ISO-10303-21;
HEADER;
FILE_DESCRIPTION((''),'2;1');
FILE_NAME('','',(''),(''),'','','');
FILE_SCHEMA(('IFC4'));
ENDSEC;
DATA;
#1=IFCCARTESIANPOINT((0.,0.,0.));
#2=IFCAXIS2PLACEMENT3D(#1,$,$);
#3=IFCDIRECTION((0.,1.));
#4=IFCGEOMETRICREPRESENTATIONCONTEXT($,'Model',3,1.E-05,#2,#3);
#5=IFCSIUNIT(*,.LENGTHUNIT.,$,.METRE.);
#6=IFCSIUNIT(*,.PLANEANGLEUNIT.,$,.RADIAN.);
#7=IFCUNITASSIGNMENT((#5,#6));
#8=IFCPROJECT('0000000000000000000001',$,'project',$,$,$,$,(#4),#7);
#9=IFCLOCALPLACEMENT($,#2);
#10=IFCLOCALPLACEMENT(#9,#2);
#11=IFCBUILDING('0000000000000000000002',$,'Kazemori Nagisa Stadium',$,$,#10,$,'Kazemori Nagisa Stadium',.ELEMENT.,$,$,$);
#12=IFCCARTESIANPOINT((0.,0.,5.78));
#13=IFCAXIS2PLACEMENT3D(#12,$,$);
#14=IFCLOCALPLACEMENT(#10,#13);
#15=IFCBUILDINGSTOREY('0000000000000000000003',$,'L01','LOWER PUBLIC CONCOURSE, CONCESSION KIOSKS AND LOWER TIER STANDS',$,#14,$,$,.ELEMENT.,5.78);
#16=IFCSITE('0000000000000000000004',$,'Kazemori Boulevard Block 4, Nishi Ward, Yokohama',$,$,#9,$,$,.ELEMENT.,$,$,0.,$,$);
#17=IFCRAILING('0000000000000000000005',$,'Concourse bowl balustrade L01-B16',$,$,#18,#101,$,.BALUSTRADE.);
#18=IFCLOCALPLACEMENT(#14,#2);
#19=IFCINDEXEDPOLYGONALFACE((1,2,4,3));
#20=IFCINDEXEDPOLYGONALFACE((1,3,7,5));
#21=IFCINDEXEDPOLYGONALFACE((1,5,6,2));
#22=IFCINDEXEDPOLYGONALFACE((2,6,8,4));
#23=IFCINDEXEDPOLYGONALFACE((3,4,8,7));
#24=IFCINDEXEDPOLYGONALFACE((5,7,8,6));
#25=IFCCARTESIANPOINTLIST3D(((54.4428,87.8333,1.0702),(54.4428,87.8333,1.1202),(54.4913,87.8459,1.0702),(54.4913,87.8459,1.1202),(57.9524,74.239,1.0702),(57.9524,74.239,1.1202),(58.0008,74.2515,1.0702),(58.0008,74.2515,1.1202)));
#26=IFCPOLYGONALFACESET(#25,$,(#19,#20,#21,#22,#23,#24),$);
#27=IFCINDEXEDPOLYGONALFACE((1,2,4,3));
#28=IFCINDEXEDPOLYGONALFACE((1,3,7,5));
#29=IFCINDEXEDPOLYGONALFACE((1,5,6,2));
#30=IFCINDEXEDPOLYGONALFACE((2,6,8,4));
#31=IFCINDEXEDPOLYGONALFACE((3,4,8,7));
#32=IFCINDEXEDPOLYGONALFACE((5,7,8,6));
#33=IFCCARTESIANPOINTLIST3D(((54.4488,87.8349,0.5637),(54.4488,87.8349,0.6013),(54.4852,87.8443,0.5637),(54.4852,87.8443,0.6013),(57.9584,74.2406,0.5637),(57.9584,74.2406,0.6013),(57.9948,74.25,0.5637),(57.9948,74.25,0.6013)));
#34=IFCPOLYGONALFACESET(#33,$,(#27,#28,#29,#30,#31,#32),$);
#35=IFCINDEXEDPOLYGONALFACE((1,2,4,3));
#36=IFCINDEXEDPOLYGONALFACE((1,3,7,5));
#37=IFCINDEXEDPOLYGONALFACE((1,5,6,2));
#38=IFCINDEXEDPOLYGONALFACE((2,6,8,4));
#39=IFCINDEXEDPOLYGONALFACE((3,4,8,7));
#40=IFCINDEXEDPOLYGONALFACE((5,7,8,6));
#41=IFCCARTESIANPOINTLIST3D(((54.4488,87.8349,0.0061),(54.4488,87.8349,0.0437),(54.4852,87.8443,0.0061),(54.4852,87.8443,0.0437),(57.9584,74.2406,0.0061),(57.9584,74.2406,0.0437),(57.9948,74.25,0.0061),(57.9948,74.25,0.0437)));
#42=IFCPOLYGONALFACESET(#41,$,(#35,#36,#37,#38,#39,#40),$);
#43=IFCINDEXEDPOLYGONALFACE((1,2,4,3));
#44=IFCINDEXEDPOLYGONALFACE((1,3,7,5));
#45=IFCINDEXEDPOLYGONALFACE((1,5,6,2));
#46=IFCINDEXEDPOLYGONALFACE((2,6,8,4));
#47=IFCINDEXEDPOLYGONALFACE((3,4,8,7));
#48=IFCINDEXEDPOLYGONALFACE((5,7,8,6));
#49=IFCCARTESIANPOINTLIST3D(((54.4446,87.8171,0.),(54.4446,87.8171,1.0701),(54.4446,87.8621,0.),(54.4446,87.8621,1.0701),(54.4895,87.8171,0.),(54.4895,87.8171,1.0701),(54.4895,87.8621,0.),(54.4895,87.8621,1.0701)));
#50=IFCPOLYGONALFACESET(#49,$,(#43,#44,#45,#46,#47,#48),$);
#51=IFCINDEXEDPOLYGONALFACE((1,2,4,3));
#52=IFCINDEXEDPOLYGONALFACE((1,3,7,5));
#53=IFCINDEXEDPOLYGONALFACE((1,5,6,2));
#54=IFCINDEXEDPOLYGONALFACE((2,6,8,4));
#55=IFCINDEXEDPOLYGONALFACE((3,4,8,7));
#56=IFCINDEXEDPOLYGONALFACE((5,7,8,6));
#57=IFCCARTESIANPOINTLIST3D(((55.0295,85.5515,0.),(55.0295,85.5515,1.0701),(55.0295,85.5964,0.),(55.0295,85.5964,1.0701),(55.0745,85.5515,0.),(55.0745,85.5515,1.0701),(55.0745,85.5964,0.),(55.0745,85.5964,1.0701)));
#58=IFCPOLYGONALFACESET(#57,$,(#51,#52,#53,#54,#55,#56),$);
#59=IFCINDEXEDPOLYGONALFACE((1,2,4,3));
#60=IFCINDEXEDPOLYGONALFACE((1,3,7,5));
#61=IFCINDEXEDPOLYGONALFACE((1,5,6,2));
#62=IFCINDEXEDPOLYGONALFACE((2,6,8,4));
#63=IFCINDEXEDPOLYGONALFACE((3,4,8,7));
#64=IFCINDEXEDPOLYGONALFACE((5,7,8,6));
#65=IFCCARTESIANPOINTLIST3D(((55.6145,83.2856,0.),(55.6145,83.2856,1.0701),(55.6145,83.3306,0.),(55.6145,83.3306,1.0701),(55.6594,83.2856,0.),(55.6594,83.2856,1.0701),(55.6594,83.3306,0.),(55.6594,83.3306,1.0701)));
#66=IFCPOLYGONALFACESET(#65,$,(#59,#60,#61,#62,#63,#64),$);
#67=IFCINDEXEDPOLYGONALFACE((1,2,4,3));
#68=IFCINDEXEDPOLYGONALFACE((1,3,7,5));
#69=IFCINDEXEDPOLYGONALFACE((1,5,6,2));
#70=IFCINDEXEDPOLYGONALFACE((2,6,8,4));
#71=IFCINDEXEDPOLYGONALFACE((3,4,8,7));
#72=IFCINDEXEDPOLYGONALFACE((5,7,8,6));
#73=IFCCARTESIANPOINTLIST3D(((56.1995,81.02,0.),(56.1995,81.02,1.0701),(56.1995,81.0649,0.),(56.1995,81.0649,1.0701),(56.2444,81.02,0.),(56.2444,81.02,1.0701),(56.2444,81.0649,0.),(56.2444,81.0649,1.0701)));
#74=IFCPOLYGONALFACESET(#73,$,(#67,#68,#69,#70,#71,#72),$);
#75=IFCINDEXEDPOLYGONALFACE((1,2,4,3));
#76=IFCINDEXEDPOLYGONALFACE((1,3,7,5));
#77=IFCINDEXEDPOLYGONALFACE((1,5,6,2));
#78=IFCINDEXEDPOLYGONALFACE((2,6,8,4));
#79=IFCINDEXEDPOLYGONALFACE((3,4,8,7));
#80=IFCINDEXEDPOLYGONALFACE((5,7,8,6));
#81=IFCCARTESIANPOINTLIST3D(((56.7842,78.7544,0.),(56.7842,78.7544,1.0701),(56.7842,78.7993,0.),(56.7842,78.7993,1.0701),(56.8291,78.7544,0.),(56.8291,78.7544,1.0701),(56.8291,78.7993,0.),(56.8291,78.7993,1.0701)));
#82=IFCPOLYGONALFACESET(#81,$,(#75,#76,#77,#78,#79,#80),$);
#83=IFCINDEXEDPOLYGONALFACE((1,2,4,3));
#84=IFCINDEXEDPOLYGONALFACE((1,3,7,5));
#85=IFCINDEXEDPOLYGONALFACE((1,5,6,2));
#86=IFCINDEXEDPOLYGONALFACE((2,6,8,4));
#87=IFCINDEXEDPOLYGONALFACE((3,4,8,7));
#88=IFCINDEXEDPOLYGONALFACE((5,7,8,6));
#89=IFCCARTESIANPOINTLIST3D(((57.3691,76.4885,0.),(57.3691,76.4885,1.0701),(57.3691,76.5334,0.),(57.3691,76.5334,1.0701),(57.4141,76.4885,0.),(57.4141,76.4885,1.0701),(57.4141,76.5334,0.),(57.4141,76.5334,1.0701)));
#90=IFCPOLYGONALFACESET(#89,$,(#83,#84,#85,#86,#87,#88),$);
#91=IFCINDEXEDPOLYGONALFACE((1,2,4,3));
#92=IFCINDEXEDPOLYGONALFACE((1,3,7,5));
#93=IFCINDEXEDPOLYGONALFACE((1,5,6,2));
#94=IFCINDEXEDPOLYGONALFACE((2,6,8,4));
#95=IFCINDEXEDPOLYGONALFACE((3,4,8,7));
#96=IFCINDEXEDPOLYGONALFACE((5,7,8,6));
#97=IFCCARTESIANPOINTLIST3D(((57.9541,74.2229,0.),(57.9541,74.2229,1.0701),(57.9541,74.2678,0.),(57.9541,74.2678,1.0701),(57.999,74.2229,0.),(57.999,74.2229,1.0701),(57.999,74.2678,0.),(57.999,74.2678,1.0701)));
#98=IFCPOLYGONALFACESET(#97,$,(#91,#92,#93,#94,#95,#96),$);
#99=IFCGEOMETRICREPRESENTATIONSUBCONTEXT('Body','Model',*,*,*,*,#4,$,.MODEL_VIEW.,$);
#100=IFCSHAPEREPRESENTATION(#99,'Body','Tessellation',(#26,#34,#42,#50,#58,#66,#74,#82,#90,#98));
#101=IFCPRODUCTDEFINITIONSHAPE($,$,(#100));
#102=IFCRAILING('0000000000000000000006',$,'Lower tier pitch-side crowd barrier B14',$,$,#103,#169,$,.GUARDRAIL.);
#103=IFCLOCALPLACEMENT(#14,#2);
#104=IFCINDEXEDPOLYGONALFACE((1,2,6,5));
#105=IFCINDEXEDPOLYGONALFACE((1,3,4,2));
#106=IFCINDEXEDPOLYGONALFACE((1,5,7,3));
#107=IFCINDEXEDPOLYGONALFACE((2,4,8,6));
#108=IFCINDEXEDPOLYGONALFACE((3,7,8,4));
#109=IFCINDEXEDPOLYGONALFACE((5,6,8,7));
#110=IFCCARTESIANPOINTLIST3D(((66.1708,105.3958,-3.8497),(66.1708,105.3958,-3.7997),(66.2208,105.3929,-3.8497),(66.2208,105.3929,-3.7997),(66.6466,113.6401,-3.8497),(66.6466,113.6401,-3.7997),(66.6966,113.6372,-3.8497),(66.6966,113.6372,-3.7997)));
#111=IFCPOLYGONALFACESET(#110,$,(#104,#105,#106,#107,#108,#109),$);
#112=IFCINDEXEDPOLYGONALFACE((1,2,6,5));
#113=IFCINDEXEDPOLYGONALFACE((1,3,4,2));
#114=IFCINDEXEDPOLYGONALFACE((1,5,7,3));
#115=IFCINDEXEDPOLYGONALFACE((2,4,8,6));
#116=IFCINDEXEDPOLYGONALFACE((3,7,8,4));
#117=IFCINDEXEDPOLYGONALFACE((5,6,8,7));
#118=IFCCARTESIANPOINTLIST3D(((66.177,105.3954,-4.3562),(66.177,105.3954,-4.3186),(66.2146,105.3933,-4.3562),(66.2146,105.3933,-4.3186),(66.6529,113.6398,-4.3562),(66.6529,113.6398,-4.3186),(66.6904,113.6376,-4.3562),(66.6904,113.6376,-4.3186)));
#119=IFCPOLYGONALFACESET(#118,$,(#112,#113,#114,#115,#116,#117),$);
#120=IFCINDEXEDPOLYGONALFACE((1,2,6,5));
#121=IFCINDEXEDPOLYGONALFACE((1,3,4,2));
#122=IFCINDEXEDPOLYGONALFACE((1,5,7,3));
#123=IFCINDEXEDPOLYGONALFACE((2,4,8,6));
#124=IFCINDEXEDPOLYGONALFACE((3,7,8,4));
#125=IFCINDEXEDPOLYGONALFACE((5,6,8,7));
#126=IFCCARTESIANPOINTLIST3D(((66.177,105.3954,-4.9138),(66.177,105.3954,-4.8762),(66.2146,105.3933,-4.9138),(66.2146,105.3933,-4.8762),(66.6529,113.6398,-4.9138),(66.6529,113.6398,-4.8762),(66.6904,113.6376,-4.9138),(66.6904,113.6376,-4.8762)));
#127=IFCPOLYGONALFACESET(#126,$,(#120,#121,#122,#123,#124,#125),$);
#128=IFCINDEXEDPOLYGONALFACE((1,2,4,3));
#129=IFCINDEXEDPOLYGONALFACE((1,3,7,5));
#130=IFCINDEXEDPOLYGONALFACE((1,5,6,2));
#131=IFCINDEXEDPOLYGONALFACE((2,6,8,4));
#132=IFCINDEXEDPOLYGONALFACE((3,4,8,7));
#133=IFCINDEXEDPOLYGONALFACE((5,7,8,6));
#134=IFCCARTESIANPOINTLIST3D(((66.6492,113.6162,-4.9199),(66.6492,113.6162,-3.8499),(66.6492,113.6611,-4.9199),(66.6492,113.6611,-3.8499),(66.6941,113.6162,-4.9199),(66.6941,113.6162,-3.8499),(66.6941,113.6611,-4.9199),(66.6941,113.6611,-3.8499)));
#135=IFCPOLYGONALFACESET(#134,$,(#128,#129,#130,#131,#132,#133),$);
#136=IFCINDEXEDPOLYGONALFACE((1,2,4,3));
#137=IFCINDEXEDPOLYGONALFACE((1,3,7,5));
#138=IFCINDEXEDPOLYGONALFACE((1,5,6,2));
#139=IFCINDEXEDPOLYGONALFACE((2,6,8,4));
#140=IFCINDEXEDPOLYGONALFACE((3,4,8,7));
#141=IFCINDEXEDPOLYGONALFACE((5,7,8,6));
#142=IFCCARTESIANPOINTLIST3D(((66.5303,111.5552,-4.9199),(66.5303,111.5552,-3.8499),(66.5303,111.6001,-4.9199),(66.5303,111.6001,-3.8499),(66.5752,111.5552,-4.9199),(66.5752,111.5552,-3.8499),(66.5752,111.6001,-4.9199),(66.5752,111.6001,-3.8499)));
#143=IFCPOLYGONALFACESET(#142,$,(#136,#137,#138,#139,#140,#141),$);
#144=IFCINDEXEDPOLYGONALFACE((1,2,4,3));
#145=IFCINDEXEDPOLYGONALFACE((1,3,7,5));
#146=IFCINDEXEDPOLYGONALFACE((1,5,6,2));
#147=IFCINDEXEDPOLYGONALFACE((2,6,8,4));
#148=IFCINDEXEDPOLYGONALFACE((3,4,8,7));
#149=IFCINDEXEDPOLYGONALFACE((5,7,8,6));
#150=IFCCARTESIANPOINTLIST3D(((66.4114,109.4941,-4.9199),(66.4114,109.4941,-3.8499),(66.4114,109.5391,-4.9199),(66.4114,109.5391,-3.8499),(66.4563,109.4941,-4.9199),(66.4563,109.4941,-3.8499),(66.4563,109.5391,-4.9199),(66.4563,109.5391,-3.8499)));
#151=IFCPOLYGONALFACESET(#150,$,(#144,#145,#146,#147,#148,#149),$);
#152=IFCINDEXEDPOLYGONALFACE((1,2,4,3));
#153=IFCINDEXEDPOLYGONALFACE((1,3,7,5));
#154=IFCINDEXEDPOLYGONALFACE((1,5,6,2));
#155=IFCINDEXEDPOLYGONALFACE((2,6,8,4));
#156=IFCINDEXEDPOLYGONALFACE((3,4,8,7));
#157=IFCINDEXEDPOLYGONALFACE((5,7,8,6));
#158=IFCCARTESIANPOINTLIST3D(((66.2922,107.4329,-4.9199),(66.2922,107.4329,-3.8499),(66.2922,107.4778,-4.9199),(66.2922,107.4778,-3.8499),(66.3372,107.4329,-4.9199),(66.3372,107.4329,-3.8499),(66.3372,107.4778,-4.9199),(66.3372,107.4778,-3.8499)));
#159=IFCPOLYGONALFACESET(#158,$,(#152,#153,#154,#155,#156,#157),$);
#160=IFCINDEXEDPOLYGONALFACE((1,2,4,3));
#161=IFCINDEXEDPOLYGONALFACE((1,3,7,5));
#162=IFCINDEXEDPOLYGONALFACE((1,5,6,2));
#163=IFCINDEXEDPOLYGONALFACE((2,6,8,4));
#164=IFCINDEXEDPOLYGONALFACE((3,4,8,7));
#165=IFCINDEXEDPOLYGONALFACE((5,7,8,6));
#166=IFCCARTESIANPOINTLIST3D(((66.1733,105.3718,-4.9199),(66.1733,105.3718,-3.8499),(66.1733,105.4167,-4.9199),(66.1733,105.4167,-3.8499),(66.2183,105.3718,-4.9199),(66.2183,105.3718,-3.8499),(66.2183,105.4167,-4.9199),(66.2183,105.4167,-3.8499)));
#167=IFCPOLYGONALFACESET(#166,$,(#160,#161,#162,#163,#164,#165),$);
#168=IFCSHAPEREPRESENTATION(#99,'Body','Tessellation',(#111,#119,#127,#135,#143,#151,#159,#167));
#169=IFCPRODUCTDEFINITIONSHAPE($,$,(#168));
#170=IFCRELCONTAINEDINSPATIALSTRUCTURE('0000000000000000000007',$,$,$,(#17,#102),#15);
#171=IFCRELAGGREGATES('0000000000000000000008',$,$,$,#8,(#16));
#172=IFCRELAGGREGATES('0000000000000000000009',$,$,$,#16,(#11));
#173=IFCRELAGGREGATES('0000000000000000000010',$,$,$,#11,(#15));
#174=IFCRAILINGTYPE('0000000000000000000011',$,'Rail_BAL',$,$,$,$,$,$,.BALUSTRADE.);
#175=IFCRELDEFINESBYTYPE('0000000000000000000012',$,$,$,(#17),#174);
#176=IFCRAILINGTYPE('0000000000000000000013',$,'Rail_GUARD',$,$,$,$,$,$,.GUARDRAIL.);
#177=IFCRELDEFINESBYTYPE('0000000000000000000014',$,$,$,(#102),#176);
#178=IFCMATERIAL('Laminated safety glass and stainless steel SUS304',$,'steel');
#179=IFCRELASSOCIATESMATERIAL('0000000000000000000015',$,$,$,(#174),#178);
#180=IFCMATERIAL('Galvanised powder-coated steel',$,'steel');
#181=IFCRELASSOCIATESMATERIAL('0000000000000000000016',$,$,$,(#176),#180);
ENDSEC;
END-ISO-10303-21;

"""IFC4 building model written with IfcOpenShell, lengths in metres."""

from ifc_helpers import new_model, si_unit, direction, frame, origin, origin_2d, place, context, subcontext, project, spatial, rectangle, extrude, material, type_object, element, save


model = new_model("IFC4")

# Units and contexts
model_context = context("Model", 3, precision=1e-05, world=origin(), true_north=direction((0.0, 1.0)))
body_context = subcontext(model_context, "Body", "Model", "MODEL_VIEW")
ifc_project = project(units=[si_unit("LENGTHUNIT", "METRE"), si_unit("PLANEANGLEUNIT", "RADIAN")], contexts=[model_context])

# Site, building, storey
site_placement = place(None, origin())
site = spatial("IfcSite", under=ifc_project, at=site_placement, Name="Kazemori Boulevard Block 4, Nishi Ward, Yokohama", CompositionType="ELEMENT", RefElevation=0.0)
building_placement = place(site_placement, origin())
building = spatial("IfcBuilding", under=site, at=building_placement, Name="Kazemori Nagisa Stadium", LongName="Kazemori Nagisa Stadium", CompositionType="ELEMENT")
storey_placement = place(building_placement, frame((0.0, 0.0, 5.78)))
storey = spatial("IfcBuildingStorey", under=building, at=storey_placement, Name="L01", Description="LOWER PUBLIC CONCOURSE, CONCESSION KIOSKS AND LOWER TIER STANDS", CompositionType="ELEMENT", Elevation=5.78)

# Railings
ifc_material_1 = material(Name="Laminated safety glass and stainless steel SUS304", Category="steel")
railing_type_1 = type_object("IfcRailingType", Name="Rail_BAL", PredefinedType="BALUSTRADE", material=ifc_material_1)
railing_1_placement = place(storey_placement, frame((54.467, 87.8396, 0.0)))
element("IfcRailing", 1, at=railing_1_placement, inside=storey, type_object=railing_type_1, Name="Concourse bowl balustrade L01-B16", PredefinedType="BALUSTRADE", context=body_context, shape_type="SweptSolid", body=[
    extrude(rectangle(XDim=0.05, YDim=0.05, at=origin_2d()), frame((0.0, 0.0, 1.0952), z_axis=(0.249967, -0.968254, 0.0), x_axis=(0.968254, 0.249967, 0.0)), (0.0, 0.0, 1.0), 14.04),
    extrude(rectangle(XDim=0.0376, YDim=0.0376, at=origin_2d()), frame((0.0, 0.0, 0.5825), z_axis=(0.249967, -0.968254, 0.0), x_axis=(0.968254, 0.249967, 0.0)), (0.0, 0.0, 1.0), 14.04),
    extrude(rectangle(XDim=0.0376, YDim=0.0376, at=origin_2d()), frame((0.0, 0.0, 0.0249), z_axis=(0.249967, -0.968254, 0.0), x_axis=(0.968254, 0.249967, 0.0)), (0.0, 0.0, 1.0), 14.04),
    extrude(rectangle(XDim=0.0449, YDim=0.0449, at=origin_2d()), origin(), (0.0, 0.0, 1.0), 1.0701),
    extrude(rectangle(XDim=0.0449, YDim=0.0449, at=origin_2d()), frame((0.585, -2.2656, 0.0)), (0.0, 0.0, 1.0), 1.0701),
    extrude(rectangle(XDim=0.0449, YDim=0.0449, at=origin_2d()), frame((1.1699, -4.5315, 0.0)), (0.0, 0.0, 1.0), 1.0701),
    extrude(rectangle(XDim=0.0449, YDim=0.0449, at=origin_2d()), frame((1.7549, -6.7971, 0.0)), (0.0, 0.0, 1.0), 1.0701),
    extrude(rectangle(XDim=0.0449, YDim=0.0449, at=origin_2d()), frame((2.3396, -9.0627, 0.0)), (0.0, 0.0, 1.0), 1.0701),
    extrude(rectangle(XDim=0.0449, YDim=0.0449, at=origin_2d()), frame((2.9246, -11.3286, 0.0)), (0.0, 0.0, 1.0), 1.0701),
    extrude(rectangle(XDim=0.0449, YDim=0.0449, at=origin_2d()), frame((3.5095, -13.5942, 0.0)), (0.0, 0.0, 1.0), 1.0701),
])
ifc_material_2 = material(Name="Galvanised powder-coated steel", Category="steel")
railing_type_2 = type_object("IfcRailingType", Name="Rail_GUARD", PredefinedType="GUARDRAIL", material=ifc_material_2)
railing_2_placement = place(storey_placement, frame((66.6716, 113.6387, -4.9199)))
element("IfcRailing", 2, at=railing_2_placement, inside=storey, type_object=railing_type_2, Name="Lower tier pitch-side crowd barrier B14", PredefinedType="GUARDRAIL", context=body_context, shape_type="SweptSolid", body=[
    extrude(rectangle(XDim=0.05, YDim=0.05, at=origin_2d()), frame((0.0, 0.0, 1.0952), z_axis=(-0.05762, -0.998339, 0.0), x_axis=(0.998339, -0.05762, 0.0)), (0.0, 0.0, 1.0), 8.2581),
    extrude(rectangle(XDim=0.0376, YDim=0.0376, at=origin_2d()), frame((0.0, 0.0, 0.5825), z_axis=(-0.05762, -0.998339, 0.0), x_axis=(0.998339, -0.05762, 0.0)), (0.0, 0.0, 1.0), 8.2581),
    extrude(rectangle(XDim=0.0376, YDim=0.0376, at=origin_2d()), frame((0.0, 0.0, 0.0249), z_axis=(-0.05762, -0.998339, 0.0), x_axis=(0.998339, -0.05762, 0.0)), (0.0, 0.0, 1.0), 8.2581),
    extrude(rectangle(XDim=0.0449, YDim=0.0449, at=origin_2d()), origin(), (0.0, 0.0, 1.0), 1.0701),
    extrude(rectangle(XDim=0.0449, YDim=0.0449, at=origin_2d()), frame((-0.1189, -2.061, 0.0)), (0.0, 0.0, 1.0), 1.0701),
    extrude(rectangle(XDim=0.0449, YDim=0.0449, at=origin_2d()), frame((-0.2378, -4.1221, 0.0)), (0.0, 0.0, 1.0), 1.0701),
    extrude(rectangle(XDim=0.0449, YDim=0.0449, at=origin_2d()), frame((-0.3569, -6.1833, 0.0)), (0.0, 0.0, 1.0), 1.0701),
    extrude(rectangle(XDim=0.0449, YDim=0.0449, at=origin_2d()), frame((-0.4758, -8.2444, 0.0)), (0.0, 0.0, 1.0), 1.0701),
])

save(model, "model.ifc")
